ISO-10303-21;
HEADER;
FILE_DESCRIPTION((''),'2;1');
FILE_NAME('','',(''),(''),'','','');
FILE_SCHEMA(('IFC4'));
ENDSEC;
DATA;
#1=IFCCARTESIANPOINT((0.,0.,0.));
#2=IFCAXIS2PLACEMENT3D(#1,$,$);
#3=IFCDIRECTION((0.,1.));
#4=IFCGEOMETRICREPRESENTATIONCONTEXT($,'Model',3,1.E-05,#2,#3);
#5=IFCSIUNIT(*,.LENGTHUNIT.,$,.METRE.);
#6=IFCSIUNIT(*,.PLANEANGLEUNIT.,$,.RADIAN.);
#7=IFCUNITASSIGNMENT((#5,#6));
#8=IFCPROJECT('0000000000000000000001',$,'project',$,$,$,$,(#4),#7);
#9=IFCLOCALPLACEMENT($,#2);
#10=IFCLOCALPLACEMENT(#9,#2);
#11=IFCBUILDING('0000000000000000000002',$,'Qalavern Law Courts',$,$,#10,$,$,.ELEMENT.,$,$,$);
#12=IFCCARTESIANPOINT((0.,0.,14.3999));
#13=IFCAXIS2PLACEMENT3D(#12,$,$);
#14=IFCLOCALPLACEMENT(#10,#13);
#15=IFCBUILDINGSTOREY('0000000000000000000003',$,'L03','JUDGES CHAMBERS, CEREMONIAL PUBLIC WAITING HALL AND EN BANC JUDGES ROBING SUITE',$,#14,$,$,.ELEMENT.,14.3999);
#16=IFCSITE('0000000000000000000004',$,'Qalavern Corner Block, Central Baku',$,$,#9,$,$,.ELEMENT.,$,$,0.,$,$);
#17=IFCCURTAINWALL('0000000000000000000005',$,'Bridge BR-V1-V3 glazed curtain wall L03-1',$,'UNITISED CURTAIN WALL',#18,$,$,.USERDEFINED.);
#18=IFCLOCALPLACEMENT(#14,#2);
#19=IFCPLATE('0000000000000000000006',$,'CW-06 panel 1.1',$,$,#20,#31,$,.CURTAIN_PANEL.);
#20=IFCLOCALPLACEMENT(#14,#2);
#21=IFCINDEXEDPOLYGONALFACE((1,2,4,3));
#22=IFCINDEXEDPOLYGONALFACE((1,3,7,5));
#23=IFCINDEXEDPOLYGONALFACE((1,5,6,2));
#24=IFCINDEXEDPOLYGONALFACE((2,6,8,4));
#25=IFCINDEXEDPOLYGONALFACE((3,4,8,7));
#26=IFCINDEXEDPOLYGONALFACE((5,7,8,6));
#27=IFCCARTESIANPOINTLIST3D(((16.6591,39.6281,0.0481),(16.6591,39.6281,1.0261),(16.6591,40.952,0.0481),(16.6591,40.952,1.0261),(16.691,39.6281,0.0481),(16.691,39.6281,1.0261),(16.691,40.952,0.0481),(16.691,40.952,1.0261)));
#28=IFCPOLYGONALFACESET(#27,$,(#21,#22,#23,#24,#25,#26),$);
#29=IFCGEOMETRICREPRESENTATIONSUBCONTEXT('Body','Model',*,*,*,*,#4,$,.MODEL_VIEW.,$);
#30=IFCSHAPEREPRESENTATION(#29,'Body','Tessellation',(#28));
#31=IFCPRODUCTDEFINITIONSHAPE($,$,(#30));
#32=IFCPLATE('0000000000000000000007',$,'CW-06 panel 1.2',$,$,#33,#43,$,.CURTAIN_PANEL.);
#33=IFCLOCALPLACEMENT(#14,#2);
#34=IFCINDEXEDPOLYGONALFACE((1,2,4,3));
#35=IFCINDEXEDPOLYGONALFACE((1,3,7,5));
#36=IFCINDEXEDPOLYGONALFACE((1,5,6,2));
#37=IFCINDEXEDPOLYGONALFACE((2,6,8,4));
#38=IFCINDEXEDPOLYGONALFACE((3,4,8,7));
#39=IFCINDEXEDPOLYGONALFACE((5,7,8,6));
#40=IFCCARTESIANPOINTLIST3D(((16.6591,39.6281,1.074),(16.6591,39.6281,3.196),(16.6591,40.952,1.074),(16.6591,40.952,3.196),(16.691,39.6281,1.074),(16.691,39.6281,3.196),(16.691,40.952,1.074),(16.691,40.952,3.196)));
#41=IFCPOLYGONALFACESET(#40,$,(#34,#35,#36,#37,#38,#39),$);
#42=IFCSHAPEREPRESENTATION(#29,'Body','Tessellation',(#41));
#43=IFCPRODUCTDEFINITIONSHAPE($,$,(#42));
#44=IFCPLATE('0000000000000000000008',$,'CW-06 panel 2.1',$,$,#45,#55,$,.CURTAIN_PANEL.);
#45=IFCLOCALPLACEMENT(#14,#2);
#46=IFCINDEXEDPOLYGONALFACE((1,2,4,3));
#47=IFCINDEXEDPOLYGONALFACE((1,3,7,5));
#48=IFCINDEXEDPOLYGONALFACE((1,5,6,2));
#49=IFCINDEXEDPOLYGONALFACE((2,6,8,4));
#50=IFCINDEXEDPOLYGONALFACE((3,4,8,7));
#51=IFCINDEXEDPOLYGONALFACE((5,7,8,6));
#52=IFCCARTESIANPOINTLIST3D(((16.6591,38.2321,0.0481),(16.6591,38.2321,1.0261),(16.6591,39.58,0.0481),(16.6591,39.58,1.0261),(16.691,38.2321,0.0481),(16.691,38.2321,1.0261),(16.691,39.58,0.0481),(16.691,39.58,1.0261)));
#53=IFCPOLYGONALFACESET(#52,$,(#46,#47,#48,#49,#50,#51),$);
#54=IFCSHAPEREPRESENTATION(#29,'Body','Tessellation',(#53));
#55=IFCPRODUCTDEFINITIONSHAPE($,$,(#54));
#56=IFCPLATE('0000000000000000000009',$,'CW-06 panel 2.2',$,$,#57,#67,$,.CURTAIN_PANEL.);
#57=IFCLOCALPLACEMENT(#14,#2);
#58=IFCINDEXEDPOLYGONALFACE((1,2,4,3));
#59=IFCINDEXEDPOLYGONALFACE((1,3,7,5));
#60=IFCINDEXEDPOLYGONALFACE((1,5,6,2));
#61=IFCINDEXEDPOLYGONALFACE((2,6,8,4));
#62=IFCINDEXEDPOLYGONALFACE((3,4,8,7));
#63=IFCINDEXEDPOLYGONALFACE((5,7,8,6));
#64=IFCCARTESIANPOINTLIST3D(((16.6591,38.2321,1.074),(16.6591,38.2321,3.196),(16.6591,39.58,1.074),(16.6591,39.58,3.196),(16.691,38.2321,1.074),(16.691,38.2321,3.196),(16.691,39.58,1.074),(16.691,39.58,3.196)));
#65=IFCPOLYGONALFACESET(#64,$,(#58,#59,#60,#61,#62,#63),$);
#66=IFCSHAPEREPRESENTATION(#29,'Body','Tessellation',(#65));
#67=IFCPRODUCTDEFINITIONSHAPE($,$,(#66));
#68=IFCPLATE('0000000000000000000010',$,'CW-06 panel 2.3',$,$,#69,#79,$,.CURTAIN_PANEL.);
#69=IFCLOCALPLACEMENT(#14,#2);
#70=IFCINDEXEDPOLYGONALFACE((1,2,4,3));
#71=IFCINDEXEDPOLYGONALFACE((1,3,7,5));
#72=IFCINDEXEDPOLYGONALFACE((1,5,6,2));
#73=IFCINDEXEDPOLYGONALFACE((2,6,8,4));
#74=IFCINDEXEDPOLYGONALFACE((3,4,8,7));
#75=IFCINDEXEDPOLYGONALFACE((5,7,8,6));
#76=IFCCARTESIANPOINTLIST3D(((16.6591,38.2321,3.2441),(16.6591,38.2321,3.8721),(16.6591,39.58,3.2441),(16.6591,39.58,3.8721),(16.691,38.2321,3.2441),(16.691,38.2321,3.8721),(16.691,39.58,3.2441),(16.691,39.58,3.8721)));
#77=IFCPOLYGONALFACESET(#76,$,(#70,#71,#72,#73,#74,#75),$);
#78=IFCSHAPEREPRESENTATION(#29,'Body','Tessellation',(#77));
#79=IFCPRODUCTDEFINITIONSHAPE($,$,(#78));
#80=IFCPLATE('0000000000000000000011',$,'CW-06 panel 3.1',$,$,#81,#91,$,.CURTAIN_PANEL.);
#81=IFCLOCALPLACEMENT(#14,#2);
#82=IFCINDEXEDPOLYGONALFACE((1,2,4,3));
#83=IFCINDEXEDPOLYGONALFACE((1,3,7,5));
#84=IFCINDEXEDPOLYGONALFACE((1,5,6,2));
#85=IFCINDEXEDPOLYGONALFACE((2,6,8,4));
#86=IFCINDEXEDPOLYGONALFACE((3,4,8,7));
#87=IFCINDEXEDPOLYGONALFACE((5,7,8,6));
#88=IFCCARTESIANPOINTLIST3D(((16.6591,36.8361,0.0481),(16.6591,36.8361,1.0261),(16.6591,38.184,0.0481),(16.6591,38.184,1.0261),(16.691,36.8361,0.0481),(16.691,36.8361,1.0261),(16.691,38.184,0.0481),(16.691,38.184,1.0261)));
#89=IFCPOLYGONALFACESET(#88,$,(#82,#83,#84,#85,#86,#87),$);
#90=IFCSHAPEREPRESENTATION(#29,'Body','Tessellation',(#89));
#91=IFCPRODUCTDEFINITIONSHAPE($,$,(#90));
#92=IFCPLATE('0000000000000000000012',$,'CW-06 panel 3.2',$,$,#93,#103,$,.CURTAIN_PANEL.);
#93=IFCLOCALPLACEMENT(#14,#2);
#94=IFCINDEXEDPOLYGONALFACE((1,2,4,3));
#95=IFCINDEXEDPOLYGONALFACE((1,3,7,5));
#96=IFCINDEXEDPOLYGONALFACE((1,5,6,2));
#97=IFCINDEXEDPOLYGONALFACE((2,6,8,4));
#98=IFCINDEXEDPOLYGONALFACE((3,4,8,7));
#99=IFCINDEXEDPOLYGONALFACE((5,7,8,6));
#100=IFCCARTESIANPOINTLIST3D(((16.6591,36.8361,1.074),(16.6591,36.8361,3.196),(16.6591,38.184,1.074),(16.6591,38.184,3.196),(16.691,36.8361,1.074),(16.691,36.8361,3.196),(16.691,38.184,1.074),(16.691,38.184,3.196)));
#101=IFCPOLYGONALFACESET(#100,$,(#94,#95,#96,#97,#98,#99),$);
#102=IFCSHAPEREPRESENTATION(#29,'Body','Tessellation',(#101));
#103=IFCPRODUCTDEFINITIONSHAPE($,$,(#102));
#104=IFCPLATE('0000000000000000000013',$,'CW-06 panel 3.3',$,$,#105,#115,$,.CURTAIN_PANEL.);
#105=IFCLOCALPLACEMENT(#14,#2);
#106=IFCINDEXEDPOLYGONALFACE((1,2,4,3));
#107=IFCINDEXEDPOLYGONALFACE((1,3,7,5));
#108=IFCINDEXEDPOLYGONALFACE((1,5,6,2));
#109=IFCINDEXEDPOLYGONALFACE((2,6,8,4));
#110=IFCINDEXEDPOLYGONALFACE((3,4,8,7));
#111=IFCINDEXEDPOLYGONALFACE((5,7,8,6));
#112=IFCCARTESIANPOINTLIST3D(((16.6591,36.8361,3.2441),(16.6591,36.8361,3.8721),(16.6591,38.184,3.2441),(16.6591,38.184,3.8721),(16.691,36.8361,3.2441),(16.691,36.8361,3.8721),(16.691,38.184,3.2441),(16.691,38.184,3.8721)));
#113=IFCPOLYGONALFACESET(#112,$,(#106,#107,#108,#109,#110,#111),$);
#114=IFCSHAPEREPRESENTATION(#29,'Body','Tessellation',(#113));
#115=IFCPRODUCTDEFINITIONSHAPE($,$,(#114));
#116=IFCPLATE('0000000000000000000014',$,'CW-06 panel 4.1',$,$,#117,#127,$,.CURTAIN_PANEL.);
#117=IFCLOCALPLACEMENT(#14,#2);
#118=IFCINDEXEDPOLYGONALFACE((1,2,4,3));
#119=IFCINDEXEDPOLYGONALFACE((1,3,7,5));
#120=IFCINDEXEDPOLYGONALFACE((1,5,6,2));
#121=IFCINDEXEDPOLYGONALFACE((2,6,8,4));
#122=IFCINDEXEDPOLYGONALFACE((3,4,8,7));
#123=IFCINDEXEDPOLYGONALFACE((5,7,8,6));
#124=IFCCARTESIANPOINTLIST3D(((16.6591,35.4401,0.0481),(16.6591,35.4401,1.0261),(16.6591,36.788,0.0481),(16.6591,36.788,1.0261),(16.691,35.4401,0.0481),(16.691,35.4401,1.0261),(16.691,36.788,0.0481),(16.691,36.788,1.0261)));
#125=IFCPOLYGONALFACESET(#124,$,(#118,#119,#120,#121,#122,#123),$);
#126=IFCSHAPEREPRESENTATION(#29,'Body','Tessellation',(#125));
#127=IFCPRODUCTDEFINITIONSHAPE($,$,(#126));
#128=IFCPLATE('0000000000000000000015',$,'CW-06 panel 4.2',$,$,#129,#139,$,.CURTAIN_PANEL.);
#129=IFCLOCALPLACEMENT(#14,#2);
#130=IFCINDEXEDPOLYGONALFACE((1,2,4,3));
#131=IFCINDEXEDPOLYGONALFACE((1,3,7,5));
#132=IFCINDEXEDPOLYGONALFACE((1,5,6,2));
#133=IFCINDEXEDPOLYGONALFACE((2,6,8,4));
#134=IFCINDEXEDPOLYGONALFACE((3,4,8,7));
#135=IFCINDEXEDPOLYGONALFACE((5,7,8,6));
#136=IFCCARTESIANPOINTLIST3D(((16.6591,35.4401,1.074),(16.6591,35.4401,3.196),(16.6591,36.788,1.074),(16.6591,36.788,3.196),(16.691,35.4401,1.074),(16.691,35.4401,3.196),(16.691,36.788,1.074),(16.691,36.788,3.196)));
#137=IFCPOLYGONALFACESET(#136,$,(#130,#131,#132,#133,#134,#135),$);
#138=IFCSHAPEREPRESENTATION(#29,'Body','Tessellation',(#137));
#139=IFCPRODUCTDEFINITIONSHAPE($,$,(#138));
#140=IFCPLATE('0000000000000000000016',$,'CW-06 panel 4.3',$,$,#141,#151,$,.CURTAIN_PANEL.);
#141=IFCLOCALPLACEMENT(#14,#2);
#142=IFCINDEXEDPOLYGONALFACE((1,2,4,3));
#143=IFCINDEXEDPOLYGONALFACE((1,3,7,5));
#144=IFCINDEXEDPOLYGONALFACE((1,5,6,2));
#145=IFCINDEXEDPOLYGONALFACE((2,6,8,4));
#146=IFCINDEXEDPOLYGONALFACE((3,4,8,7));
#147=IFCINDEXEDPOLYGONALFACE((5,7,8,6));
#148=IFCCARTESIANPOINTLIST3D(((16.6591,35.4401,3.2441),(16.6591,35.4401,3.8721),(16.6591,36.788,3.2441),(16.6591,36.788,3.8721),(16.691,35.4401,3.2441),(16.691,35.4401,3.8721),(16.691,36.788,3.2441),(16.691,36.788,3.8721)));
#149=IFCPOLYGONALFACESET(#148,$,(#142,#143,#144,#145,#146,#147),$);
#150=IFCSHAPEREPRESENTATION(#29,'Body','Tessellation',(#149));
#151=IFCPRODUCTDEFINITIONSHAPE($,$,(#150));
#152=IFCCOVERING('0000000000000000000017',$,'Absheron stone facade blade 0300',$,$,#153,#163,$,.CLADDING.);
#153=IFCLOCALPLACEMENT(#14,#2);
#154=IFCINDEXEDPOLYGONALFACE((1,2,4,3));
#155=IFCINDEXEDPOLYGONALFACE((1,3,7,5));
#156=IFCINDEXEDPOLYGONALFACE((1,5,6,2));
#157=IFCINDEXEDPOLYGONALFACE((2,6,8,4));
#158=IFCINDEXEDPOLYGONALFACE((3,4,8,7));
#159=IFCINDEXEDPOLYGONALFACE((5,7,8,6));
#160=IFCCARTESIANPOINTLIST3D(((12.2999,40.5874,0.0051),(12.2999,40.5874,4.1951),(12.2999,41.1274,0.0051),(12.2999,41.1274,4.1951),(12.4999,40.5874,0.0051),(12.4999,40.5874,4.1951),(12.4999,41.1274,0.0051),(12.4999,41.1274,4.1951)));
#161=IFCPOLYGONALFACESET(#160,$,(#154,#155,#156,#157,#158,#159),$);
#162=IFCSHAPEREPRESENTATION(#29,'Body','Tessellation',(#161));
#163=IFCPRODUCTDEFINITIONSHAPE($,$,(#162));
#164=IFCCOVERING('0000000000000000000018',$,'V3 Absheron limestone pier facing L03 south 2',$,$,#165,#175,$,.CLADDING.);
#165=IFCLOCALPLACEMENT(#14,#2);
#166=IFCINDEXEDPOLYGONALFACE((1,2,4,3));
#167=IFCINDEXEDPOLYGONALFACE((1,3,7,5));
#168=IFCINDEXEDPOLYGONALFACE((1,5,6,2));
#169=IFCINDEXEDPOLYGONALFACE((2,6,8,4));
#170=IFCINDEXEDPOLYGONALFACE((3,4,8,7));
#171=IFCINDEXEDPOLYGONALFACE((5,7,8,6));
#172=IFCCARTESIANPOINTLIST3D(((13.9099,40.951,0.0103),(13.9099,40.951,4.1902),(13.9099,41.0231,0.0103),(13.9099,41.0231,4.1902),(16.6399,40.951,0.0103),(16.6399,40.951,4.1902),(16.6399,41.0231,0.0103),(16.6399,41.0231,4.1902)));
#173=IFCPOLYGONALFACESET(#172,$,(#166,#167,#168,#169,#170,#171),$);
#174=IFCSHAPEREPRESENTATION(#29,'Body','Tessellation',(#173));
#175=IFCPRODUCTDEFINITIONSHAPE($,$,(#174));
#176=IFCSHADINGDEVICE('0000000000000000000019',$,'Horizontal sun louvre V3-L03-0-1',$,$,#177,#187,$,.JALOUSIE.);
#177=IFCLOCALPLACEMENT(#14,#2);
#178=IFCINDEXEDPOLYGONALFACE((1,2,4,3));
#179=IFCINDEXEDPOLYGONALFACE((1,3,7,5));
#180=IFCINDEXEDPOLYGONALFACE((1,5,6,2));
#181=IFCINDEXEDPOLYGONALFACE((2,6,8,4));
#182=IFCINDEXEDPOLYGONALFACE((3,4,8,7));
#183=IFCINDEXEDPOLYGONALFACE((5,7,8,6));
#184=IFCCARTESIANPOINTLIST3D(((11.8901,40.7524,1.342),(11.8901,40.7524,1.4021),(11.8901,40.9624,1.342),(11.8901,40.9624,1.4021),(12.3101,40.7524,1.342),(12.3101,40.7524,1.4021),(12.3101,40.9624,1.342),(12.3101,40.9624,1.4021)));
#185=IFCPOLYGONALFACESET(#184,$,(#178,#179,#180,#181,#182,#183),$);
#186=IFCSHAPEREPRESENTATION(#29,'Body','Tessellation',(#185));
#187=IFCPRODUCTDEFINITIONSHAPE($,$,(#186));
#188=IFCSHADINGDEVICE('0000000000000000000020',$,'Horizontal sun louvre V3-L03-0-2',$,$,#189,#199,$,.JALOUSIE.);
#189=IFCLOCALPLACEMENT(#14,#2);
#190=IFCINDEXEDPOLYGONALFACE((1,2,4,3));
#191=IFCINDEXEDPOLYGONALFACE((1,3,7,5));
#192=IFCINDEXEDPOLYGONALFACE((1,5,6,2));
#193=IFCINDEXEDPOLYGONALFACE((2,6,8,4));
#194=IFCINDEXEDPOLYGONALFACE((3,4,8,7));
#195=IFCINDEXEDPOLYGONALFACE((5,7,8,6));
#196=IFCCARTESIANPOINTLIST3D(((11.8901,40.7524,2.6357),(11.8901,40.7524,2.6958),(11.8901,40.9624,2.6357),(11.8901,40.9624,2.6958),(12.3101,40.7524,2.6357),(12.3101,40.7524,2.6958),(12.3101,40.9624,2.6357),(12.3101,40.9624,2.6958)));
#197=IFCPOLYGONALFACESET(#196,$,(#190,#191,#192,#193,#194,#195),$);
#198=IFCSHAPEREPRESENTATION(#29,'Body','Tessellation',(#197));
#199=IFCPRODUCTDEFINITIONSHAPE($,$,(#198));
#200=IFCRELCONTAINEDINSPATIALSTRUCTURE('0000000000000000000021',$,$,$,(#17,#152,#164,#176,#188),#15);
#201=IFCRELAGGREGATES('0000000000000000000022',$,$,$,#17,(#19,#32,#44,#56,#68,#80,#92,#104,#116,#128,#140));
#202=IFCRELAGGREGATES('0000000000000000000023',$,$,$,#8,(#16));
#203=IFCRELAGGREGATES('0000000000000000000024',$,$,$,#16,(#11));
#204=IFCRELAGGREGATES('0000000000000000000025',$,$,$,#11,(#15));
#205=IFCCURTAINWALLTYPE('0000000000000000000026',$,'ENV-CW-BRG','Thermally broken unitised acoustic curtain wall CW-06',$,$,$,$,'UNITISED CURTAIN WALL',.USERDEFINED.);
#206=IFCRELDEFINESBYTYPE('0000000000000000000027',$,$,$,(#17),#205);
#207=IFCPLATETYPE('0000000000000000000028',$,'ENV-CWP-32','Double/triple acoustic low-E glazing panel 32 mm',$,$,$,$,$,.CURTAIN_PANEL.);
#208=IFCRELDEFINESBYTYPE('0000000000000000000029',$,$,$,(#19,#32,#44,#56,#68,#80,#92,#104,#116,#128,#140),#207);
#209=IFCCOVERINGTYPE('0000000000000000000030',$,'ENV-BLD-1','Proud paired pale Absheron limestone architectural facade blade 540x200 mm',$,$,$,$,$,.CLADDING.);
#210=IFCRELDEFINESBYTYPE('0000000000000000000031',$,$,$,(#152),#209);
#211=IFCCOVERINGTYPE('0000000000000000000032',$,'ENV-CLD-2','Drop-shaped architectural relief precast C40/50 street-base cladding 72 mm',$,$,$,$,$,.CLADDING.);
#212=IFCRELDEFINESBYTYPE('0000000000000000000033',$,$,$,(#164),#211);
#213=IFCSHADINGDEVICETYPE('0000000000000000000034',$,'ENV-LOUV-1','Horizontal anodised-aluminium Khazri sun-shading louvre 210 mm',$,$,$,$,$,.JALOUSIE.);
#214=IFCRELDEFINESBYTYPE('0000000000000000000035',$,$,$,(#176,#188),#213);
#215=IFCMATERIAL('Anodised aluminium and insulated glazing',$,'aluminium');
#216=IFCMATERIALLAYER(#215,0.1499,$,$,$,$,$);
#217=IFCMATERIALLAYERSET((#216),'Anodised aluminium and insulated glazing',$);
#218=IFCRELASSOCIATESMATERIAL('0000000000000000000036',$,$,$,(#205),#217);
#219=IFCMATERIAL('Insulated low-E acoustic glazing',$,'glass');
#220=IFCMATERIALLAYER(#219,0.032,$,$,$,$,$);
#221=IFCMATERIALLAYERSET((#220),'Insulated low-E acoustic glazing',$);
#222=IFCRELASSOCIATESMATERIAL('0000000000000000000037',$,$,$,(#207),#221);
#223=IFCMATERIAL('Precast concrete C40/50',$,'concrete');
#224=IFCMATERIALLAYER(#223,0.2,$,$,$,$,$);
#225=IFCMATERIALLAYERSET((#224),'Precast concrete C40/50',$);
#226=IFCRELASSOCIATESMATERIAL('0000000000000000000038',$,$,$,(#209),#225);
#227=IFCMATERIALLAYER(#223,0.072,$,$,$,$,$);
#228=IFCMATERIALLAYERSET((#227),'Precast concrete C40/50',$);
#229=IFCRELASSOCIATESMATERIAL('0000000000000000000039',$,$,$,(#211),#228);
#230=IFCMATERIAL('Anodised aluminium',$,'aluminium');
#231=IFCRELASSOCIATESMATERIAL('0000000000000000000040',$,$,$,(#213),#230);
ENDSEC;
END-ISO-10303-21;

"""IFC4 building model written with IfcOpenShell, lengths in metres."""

from ifc_helpers import new_model, si_unit, direction, frame, origin, origin_2d, place, context, subcontext, project, spatial, rectangle, extrude, material, layer, layer_set, type_object, element, aggregate, save


model = new_model("IFC4")

# Units and contexts
model_context = context("Model", 3, precision=1e-05, world=origin(), true_north=direction((0.0, 1.0)))
body_context = subcontext(model_context, "Body", "Model", "MODEL_VIEW")
ifc_project = project(units=[si_unit("LENGTHUNIT", "METRE"), si_unit("PLANEANGLEUNIT", "RADIAN")], contexts=[model_context])

# Site, building, storey
site_placement = place(None, origin())
site = spatial("IfcSite", under=ifc_project, at=site_placement, Name="Qalavern Corner Block, Central Baku", CompositionType="ELEMENT", RefElevation=0.0)
building_placement = place(site_placement, origin())
building = spatial("IfcBuilding", under=site, at=building_placement, Name="Qalavern Law Courts", CompositionType="ELEMENT")
storey_placement = place(building_placement, frame((0.0, 0.0, 14.3999)))
storey = spatial("IfcBuildingStorey", under=building, at=storey_placement, Name="L03", Description="JUDGES CHAMBERS, CEREMONIAL PUBLIC WAITING HALL AND EN BANC JUDGES ROBING SUITE", CompositionType="ELEMENT", Elevation=14.3999)

# Shared definitions
ifc_material_1 = material(Name="Anodised aluminium and insulated glazing", Category="aluminium")
ifc_material_2 = material(Name="Anodised aluminium", Category="aluminium")

# Curtain wall
ifc_layer_1 = layer(ifc_material_1, 0.1499)
ifc_layer_set_1 = layer_set([ifc_layer_1], Name="Anodised aluminium and insulated glazing")
curtain_wall_type_1 = type_object("IfcCurtainWallType", Name="ENV-CW-BRG", Description="Thermally broken unitised acoustic curtain wall CW-06", ElementType="UNITISED CURTAIN WALL", PredefinedType="USERDEFINED", material=ifc_layer_set_1)
curtain_wall_1_placement = place(storey_placement, origin())
curtain_wall_1 = element("IfcCurtainWall", 1, at=curtain_wall_1_placement, inside=storey, type_object=curtain_wall_type_1, Name="Bridge BR-V1-V3 glazed curtain wall L03-1", ObjectType="UNITISED CURTAIN WALL", PredefinedType="USERDEFINED")

# Plates
ifc_material_3 = material(Name="Insulated low-E acoustic glazing", Category="glass")
ifc_layer_2 = layer(ifc_material_3, 0.032)
ifc_layer_set_2 = layer_set([ifc_layer_2], Name="Insulated low-E acoustic glazing")
plate_type = type_object("IfcPlateType", Name="ENV-CWP-32", Description="Double/triple acoustic low-E glazing panel 32 mm", PredefinedType="CURTAIN_PANEL", material=ifc_layer_set_2)
plate_1_placement = place(storey_placement, frame((16.675, 40.29, 0.0481), z_axis=(0.0, 0.0, 1.0), x_axis=(0.0, -1.0, 0.0)))
plate_1 = element("IfcPlate", 2, at=plate_1_placement, type_object=plate_type, Name="CW-06 panel 1.1", PredefinedType="CURTAIN_PANEL", context=body_context, shape_type="SweptSolid", body=[
    extrude(rectangle(XDim=1.324, YDim=0.032, at=origin_2d()), origin(), (0.0, 0.0, 1.0), 0.978),
])
plate_2_placement = place(storey_placement, frame((16.675, 40.29, 1.074), z_axis=(0.0, 0.0, 1.0), x_axis=(0.0, -1.0, 0.0)))
plate_2 = element("IfcPlate", 3, at=plate_2_placement, type_object=plate_type, Name="CW-06 panel 1.2", PredefinedType="CURTAIN_PANEL", context=body_context, shape_type="SweptSolid", body=[
    extrude(rectangle(XDim=1.324, YDim=0.032, at=origin_2d()), origin(), (0.0, 0.0, 1.0), 2.1221),
])
plate_3_placement = place(storey_placement, frame((16.675, 38.906, 0.0481), z_axis=(0.0, 0.0, 1.0), x_axis=(0.0, -1.0, 0.0)))
plate_3 = element("IfcPlate", 4, at=plate_3_placement, type_object=plate_type, Name="CW-06 panel 2.1", PredefinedType="CURTAIN_PANEL", context=body_context, shape_type="SweptSolid", body=[
    extrude(rectangle(XDim=1.3479, YDim=0.032, at=origin_2d()), origin(), (0.0, 0.0, 1.0), 0.978),
])
plate_4_placement = place(storey_placement, frame((16.675, 38.906, 1.074), z_axis=(0.0, 0.0, 1.0), x_axis=(0.0, -1.0, 0.0)))
plate_4 = element("IfcPlate", 5, at=plate_4_placement, type_object=plate_type, Name="CW-06 panel 2.2", PredefinedType="CURTAIN_PANEL", context=body_context, shape_type="SweptSolid", body=[
    extrude(rectangle(XDim=1.3479, YDim=0.032, at=origin_2d()), origin(), (0.0, 0.0, 1.0), 2.1221),
])
plate_5_placement = place(storey_placement, frame((16.675, 38.906, 3.2441), z_axis=(0.0, 0.0, 1.0), x_axis=(0.0, -1.0, 0.0)))
plate_5 = element("IfcPlate", 6, at=plate_5_placement, type_object=plate_type, Name="CW-06 panel 2.3", PredefinedType="CURTAIN_PANEL", context=body_context, shape_type="SweptSolid", body=[
    extrude(rectangle(XDim=1.3479, YDim=0.032, at=origin_2d()), origin(), (0.0, 0.0, 1.0), 0.6279),
])
plate_6_placement = place(storey_placement, frame((16.675, 37.51, 0.0481), z_axis=(0.0, 0.0, 1.0), x_axis=(0.0, -1.0, 0.0)))
plate_6 = element("IfcPlate", 7, at=plate_6_placement, type_object=plate_type, Name="CW-06 panel 3.1", PredefinedType="CURTAIN_PANEL", context=body_context, shape_type="SweptSolid", body=[
    extrude(rectangle(XDim=1.3479, YDim=0.032, at=origin_2d()), origin(), (0.0, 0.0, 1.0), 0.978),
])
plate_7_placement = place(storey_placement, frame((16.675, 37.51, 1.074), z_axis=(0.0, 0.0, 1.0), x_axis=(0.0, -1.0, 0.0)))
plate_7 = element("IfcPlate", 8, at=plate_7_placement, type_object=plate_type, Name="CW-06 panel 3.2", PredefinedType="CURTAIN_PANEL", context=body_context, shape_type="SweptSolid", body=[
    extrude(rectangle(XDim=1.3479, YDim=0.032, at=origin_2d()), origin(), (0.0, 0.0, 1.0), 2.1221),
])
plate_8_placement = place(storey_placement, frame((16.675, 37.51, 3.2441), z_axis=(0.0, 0.0, 1.0), x_axis=(0.0, -1.0, 0.0)))
plate_8 = element("IfcPlate", 9, at=plate_8_placement, type_object=plate_type, Name="CW-06 panel 3.3", PredefinedType="CURTAIN_PANEL", context=body_context, shape_type="SweptSolid", body=[
    extrude(rectangle(XDim=1.3479, YDim=0.032, at=origin_2d()), origin(), (0.0, 0.0, 1.0), 0.6279),
])
plate_9_placement = place(storey_placement, frame((16.675, 36.114, 0.0481), z_axis=(0.0, 0.0, 1.0), x_axis=(0.0, -1.0, 0.0)))
plate_9 = element("IfcPlate", 10, at=plate_9_placement, type_object=plate_type, Name="CW-06 panel 4.1", PredefinedType="CURTAIN_PANEL", context=body_context, shape_type="SweptSolid", body=[
    extrude(rectangle(XDim=1.3479, YDim=0.032, at=origin_2d()), origin(), (0.0, 0.0, 1.0), 0.978),
])
plate_10_placement = place(storey_placement, frame((16.675, 36.114, 1.074), z_axis=(0.0, 0.0, 1.0), x_axis=(0.0, -1.0, 0.0)))
plate_10 = element("IfcPlate", 11, at=plate_10_placement, type_object=plate_type, Name="CW-06 panel 4.2", PredefinedType="CURTAIN_PANEL", context=body_context, shape_type="SweptSolid", body=[
    extrude(rectangle(XDim=1.3479, YDim=0.032, at=origin_2d()), origin(), (0.0, 0.0, 1.0), 2.1221),
])
plate_11_placement = place(storey_placement, frame((16.675, 36.114, 3.2441), z_axis=(0.0, 0.0, 1.0), x_axis=(0.0, -1.0, 0.0)))
plate_11 = element("IfcPlate", 12, at=plate_11_placement, type_object=plate_type, Name="CW-06 panel 4.3", PredefinedType="CURTAIN_PANEL", context=body_context, shape_type="SweptSolid", body=[
    extrude(rectangle(XDim=1.3479, YDim=0.032, at=origin_2d()), origin(), (0.0, 0.0, 1.0), 0.6279),
])
aggregate(curtain_wall_1, [plate_1, plate_2, plate_3, plate_4, plate_5, plate_6, plate_7, plate_8, plate_9, plate_10, plate_11])

# Coverings
ifc_material_4 = material(Name="Precast concrete C40/50", Category="concrete")
ifc_layer_3 = layer(ifc_material_4, 0.2)
ifc_layer_set_3 = layer_set([ifc_layer_3], Name="Precast concrete C40/50")
covering_type_1 = type_object("IfcCoveringType", Name="ENV-BLD-1", Description="Proud paired pale Absheron limestone architectural facade blade 540x200 mm", PredefinedType="CLADDING", material=ifc_layer_set_3)
covering_1_placement = place(storey_placement, frame((12.3999, 40.8574, 0.0051), z_axis=(0.0, 0.0, 1.0), x_axis=(0.0, -1.0, 0.0)))
element("IfcCovering", 13, at=covering_1_placement, inside=storey, type_object=covering_type_1, Name="Absheron stone facade blade 0300", PredefinedType="CLADDING", context=body_context, shape_type="SweptSolid", body=[
    extrude(rectangle(XDim=0.54, YDim=0.2, at=origin_2d()), origin(), (0.0, 0.0, 1.0), 4.1899),
])
ifc_layer_4 = layer(ifc_material_4, 0.072)
ifc_layer_set_4 = layer_set([ifc_layer_4], Name="Precast concrete C40/50")
covering_type_2 = type_object("IfcCoveringType", Name="ENV-CLD-2", Description="Drop-shaped architectural relief precast C40/50 street-base cladding 72 mm", PredefinedType="CLADDING", material=ifc_layer_set_4)
covering_2_placement = place(storey_placement, frame((15.2749, 40.9871, 0.0103), z_axis=(0.0, 0.0, 1.0), x_axis=(1.0, 0.0, 0.0)))
element("IfcCovering", 14, at=covering_2_placement, inside=storey, type_object=covering_type_2, Name="V3 Absheron limestone pier facing L03 south 2", PredefinedType="CLADDING", context=body_context, shape_type="SweptSolid", body=[
    extrude(rectangle(XDim=2.73, YDim=0.072, at=origin_2d()), origin(), (0.0, 0.0, 1.0), 4.1799),
])

# Shading devices
shading_device_type = type_object("IfcShadingDeviceType", Name="ENV-LOUV-1", Description="Horizontal anodised-aluminium Khazri sun-shading louvre 210 mm", PredefinedType="JALOUSIE", material=ifc_material_2)
for number, where, z_axis, x_axis, name in (
    (15, (12.1001, 40.8574, 1.342), (0.0, 0.0, 1.0), (1.0, 0.0, 0.0), "Horizontal sun louvre V3-L03-0-1"),
    (16, (12.1001, 40.8574, 2.6357), (0.0, 0.0, 1.0), (1.0, 0.0, 0.0), "Horizontal sun louvre V3-L03-0-2"),
):
    element("IfcShadingDevice", number, at=place(storey_placement, frame(where, z_axis=z_axis, x_axis=x_axis)), inside=storey, type_object=shading_device_type, Name=name, PredefinedType="JALOUSIE", context=body_context, shape_type="SweptSolid", body=[
        extrude(rectangle(XDim=0.4199, YDim=0.21, at=origin_2d()), origin(), (0.0, 0.0, 1.0), 0.0601),
    ])

save(model, "model.ifc")
